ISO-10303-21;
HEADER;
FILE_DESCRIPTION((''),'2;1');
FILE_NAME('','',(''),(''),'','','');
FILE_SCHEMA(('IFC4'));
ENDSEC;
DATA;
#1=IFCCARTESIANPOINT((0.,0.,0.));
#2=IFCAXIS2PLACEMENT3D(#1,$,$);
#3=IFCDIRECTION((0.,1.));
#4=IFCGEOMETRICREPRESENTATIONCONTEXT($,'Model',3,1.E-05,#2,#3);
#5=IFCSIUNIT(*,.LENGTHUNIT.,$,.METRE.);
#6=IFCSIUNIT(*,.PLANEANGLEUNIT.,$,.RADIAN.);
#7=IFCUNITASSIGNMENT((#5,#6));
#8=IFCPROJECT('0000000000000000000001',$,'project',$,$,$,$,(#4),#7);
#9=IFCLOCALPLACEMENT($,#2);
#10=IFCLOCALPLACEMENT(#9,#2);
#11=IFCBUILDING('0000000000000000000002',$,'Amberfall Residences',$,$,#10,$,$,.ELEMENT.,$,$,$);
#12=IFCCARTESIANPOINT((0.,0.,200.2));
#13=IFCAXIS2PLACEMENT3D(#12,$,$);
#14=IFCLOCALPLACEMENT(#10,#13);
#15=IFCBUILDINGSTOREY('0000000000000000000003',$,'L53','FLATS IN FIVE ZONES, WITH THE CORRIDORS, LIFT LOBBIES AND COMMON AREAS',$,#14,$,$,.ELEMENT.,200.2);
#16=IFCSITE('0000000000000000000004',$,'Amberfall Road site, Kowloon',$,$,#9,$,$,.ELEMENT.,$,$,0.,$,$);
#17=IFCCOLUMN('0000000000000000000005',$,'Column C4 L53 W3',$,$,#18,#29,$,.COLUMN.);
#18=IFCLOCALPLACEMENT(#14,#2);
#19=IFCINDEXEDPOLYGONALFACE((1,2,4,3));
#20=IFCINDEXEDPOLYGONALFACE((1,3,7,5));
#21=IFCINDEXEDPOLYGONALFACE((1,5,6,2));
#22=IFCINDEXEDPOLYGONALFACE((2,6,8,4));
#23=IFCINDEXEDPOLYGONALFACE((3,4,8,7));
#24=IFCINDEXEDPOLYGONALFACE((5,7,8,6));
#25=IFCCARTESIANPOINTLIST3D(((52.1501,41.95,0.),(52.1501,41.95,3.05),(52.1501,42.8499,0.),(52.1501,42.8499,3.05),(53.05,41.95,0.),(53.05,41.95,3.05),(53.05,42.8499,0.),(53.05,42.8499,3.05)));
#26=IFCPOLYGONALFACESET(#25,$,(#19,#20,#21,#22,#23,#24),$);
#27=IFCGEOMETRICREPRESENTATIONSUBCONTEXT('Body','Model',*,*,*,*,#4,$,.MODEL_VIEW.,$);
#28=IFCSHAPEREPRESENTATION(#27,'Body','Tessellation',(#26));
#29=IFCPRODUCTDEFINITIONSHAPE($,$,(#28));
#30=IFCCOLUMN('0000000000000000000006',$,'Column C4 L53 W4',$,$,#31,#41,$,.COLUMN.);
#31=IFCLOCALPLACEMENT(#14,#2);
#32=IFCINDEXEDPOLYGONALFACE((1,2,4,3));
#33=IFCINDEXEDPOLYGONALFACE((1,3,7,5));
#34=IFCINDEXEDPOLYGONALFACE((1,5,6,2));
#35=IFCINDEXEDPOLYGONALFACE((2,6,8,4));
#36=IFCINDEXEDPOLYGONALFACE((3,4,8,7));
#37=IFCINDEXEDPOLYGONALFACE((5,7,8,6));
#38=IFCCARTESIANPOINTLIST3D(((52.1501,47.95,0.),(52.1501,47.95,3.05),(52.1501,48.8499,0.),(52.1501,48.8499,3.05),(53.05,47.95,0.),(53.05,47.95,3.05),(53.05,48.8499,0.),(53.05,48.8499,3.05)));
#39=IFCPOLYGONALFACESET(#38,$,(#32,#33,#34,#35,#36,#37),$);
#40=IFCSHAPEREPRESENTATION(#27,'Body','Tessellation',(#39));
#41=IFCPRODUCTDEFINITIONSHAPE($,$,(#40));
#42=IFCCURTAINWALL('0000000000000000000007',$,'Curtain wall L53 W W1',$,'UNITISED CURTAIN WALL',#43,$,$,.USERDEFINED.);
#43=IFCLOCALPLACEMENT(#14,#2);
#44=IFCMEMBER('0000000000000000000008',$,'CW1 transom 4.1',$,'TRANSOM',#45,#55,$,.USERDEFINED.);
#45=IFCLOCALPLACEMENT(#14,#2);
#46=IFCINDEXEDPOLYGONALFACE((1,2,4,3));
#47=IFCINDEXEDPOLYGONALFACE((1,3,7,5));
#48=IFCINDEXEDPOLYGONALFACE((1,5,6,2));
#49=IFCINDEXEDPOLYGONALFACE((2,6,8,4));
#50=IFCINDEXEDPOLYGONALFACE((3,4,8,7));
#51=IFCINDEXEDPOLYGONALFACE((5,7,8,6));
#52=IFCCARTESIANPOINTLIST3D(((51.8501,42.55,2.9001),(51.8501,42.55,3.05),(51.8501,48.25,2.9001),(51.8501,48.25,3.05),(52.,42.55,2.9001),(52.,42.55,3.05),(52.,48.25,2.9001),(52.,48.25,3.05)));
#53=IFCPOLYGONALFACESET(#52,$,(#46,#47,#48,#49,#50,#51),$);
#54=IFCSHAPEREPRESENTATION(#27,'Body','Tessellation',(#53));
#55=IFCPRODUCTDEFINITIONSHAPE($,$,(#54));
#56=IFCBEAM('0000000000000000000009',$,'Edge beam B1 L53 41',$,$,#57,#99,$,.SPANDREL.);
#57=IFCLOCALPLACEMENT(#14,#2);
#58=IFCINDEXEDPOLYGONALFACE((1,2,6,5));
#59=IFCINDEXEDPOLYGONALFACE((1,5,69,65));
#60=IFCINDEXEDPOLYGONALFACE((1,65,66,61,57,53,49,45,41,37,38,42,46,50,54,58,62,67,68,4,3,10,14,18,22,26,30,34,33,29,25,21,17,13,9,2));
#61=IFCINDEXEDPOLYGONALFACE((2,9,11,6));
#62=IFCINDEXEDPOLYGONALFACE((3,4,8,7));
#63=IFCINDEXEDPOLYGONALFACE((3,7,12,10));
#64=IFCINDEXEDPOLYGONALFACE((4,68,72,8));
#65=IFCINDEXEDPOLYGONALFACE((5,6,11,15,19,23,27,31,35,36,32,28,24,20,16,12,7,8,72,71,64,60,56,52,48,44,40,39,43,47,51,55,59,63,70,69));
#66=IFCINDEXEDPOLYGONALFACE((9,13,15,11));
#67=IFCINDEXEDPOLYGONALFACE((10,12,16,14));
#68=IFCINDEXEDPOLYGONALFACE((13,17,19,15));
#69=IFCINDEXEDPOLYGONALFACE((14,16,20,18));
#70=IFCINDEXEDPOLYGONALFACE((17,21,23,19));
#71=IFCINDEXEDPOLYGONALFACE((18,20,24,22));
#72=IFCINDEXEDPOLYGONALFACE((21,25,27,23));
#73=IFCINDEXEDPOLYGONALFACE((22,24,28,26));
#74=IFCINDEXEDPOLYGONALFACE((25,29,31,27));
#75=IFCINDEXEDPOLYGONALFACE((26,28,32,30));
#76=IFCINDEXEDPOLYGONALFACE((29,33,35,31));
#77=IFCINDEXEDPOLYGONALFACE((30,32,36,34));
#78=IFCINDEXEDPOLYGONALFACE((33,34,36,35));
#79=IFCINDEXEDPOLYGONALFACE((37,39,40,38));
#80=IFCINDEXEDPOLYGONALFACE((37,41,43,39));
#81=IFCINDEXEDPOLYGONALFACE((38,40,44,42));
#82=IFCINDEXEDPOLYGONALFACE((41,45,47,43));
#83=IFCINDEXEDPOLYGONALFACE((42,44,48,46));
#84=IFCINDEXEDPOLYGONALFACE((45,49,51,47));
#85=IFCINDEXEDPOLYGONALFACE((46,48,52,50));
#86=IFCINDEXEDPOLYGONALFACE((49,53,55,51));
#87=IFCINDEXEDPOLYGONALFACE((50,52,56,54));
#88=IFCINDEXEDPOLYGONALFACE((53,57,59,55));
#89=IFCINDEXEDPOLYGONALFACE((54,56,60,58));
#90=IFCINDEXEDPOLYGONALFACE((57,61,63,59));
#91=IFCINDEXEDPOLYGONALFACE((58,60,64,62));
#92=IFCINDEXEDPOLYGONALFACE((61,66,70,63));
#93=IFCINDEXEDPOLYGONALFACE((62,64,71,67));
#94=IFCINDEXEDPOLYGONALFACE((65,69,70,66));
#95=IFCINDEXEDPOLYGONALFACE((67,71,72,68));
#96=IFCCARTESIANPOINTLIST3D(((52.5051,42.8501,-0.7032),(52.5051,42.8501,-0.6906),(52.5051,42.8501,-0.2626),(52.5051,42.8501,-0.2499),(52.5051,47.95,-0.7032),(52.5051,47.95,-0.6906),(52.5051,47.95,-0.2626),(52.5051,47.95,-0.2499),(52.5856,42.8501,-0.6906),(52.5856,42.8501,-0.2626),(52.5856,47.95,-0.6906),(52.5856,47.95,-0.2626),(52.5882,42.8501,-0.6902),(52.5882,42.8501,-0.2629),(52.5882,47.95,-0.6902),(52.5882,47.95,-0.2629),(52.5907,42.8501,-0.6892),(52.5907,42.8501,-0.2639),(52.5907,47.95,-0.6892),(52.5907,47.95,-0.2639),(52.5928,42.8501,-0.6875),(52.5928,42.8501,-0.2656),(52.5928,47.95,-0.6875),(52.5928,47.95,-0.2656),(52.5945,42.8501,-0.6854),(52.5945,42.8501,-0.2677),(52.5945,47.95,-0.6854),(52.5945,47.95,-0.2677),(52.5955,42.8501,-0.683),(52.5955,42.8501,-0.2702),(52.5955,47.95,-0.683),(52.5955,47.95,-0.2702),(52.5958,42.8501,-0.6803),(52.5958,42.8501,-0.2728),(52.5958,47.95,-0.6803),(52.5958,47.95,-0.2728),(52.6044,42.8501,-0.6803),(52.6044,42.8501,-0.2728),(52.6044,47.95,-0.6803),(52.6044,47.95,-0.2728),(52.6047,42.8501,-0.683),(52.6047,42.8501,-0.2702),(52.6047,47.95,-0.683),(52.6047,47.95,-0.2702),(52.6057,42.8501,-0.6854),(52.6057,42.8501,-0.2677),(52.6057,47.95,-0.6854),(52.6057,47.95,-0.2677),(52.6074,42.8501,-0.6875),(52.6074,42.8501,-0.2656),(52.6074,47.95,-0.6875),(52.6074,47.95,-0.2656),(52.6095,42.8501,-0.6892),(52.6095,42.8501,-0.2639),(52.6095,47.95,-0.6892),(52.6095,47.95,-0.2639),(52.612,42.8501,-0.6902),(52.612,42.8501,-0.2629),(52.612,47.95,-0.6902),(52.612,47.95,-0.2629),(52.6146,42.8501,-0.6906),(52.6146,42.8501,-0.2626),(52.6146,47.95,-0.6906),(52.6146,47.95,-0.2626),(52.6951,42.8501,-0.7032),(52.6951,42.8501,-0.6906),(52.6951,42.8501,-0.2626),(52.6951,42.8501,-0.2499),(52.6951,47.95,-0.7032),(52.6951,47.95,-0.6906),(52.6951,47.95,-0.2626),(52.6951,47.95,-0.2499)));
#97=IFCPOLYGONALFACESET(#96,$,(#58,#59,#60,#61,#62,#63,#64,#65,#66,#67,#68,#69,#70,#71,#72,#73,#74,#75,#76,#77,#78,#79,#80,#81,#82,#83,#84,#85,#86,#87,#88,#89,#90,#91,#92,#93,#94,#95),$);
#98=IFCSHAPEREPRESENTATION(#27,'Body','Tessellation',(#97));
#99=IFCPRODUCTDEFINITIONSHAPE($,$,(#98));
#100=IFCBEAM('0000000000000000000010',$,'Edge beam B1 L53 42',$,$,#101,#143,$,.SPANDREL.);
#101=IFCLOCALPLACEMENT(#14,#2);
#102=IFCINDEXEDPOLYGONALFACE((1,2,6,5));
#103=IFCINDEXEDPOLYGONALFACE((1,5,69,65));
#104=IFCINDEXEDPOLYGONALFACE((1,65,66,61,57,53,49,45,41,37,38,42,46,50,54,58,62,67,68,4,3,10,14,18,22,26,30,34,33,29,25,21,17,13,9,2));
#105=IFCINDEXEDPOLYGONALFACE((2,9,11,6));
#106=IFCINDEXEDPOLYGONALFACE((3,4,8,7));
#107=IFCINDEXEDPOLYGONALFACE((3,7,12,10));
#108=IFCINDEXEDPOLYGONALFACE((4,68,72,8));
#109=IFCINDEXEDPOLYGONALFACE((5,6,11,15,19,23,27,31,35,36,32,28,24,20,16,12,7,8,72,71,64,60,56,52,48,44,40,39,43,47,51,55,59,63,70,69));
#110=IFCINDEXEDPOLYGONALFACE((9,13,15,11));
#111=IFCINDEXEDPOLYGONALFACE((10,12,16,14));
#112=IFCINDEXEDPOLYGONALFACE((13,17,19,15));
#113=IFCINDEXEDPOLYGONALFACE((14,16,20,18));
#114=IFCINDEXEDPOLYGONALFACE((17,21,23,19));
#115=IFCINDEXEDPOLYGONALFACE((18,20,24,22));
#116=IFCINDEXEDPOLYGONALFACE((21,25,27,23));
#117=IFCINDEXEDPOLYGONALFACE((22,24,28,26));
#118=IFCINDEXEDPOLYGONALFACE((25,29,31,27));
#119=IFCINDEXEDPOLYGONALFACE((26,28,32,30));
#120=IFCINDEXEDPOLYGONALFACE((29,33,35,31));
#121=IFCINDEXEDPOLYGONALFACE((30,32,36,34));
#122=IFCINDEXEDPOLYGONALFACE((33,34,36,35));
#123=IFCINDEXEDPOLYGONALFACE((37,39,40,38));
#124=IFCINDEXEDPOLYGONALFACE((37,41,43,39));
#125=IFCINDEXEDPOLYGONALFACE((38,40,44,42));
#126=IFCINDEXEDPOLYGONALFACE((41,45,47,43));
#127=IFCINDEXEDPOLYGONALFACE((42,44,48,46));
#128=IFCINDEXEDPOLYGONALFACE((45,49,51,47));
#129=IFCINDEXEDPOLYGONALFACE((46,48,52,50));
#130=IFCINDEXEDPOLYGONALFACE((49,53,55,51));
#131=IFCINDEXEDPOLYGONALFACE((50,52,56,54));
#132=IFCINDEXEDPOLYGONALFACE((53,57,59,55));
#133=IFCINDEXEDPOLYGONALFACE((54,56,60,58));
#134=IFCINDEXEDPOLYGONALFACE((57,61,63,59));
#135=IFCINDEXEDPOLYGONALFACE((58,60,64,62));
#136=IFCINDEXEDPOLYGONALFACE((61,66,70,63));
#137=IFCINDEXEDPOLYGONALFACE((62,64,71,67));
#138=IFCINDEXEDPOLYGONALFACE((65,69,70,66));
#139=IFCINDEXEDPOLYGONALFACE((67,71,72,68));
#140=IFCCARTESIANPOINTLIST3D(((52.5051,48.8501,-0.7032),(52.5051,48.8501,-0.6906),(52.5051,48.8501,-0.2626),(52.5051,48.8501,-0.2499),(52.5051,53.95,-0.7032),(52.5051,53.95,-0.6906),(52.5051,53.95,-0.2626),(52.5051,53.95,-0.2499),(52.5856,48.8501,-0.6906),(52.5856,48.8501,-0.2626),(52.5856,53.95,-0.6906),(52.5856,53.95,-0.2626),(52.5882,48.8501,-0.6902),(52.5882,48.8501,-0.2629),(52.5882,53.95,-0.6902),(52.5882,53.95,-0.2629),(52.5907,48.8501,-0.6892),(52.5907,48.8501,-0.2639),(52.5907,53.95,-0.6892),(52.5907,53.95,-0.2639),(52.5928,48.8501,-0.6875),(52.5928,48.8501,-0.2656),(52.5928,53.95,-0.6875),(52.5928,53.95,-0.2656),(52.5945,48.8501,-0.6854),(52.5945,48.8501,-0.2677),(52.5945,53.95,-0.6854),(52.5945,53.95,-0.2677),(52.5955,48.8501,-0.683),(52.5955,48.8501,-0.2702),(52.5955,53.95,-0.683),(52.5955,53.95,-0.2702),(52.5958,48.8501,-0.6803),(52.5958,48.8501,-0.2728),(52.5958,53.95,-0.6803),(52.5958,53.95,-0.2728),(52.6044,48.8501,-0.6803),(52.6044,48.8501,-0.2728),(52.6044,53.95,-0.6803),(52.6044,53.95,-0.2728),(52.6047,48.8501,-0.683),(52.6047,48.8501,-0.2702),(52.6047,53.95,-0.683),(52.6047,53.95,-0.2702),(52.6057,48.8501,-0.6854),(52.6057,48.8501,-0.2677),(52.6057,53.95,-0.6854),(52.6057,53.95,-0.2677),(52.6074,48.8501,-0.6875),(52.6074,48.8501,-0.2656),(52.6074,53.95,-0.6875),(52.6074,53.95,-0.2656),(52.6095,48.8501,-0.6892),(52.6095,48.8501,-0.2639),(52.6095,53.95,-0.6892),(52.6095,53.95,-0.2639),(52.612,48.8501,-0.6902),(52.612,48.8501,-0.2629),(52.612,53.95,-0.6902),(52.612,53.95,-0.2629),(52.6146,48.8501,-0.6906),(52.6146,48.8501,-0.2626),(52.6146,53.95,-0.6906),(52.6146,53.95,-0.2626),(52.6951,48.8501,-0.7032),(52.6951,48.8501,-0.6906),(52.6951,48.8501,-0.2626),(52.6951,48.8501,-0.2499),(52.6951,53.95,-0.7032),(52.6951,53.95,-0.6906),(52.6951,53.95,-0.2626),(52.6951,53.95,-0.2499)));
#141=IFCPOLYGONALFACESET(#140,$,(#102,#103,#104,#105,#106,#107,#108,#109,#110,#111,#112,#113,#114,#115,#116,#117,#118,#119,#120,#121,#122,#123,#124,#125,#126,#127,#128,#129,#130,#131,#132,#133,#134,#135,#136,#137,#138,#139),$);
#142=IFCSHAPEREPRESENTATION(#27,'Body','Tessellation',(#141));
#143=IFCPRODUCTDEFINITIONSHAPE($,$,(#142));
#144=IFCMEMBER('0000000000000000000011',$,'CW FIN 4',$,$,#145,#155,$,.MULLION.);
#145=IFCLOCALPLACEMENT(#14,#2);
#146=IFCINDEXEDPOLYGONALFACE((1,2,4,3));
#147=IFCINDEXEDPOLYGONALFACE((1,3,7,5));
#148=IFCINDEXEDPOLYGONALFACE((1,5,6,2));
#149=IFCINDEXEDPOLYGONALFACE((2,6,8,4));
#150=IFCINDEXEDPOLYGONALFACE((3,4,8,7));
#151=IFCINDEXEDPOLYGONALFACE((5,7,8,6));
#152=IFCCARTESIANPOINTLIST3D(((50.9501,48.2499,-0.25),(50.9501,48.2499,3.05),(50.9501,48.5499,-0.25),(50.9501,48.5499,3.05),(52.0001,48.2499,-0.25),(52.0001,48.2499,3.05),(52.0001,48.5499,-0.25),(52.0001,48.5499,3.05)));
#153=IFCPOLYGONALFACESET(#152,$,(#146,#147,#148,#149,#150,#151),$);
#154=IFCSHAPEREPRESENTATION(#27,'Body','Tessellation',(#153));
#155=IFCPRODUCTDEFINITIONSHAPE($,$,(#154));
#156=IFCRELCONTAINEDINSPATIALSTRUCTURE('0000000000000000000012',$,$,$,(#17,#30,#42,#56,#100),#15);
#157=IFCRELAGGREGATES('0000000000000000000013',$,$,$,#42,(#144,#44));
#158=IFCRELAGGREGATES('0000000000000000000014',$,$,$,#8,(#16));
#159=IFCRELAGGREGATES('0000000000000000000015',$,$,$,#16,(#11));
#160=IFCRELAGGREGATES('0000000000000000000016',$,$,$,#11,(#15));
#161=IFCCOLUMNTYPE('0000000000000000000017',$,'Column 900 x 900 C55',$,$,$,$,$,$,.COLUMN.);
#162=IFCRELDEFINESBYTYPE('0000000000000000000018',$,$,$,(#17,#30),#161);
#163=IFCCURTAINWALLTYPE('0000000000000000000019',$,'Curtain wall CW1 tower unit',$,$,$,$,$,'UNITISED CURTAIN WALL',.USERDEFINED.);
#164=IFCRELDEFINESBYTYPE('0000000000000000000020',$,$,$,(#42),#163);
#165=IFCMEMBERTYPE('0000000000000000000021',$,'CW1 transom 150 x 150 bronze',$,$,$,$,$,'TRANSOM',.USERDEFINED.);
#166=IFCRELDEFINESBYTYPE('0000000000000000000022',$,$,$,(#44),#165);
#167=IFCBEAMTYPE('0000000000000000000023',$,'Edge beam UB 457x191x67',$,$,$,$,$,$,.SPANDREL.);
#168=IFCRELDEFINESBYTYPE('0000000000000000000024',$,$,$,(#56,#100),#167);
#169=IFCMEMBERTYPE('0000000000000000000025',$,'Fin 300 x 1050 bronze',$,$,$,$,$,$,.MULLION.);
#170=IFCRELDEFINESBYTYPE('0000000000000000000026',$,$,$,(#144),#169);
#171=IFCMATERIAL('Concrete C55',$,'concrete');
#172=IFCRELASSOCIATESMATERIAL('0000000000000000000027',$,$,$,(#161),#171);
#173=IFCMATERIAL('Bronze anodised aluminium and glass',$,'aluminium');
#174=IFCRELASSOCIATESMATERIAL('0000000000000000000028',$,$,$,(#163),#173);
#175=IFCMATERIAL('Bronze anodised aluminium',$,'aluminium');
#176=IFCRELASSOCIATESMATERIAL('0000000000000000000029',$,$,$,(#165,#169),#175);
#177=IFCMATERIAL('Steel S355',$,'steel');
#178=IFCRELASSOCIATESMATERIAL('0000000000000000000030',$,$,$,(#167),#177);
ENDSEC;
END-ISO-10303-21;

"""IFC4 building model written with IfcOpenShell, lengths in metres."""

from ifc_helpers import new_model, si_unit, direction, frame, origin, origin_2d, place, context, subcontext, project, spatial, rectangle, i_section, extrude, material, material_profile, profile_set, type_object, element, aggregate, save


model = new_model("IFC4")

# Units and contexts
model_context = context("Model", 3, precision=1e-05, world=origin(), true_north=direction((0.0, 1.0)))
body_context = subcontext(model_context, "Body", "Model", "MODEL_VIEW")
ifc_project = project(units=[si_unit("LENGTHUNIT", "METRE"), si_unit("PLANEANGLEUNIT", "RADIAN")], contexts=[model_context])

# Site, building, storey
site_placement = place(None, origin())
site = spatial("IfcSite", under=ifc_project, at=site_placement, Name="Amberfall Road site, Kowloon", CompositionType="ELEMENT", RefElevation=0.0)
building_placement = place(site_placement, origin())
building = spatial("IfcBuilding", under=site, at=building_placement, Name="Amberfall Residences", CompositionType="ELEMENT")
storey_placement = place(building_placement, frame((0.0, 0.0, 200.2)))
storey = spatial("IfcBuildingStorey", under=building, at=storey_placement, Name="L53", Description="FLATS IN FIVE ZONES, WITH THE CORRIDORS, LIFT LOBBIES AND COMMON AREAS", CompositionType="ELEMENT", Elevation=200.2)

# Columns
ifc_material_1 = material(Name="Concrete C55", Category="concrete")
ifc_material_profile_1 = material_profile(ifc_material_1, rectangle(XDim=0.8999, YDim=0.8999, at=origin_2d()), Name="Column 900 x 900 C55")
ifc_profile_set_1 = profile_set([ifc_material_profile_1], Name="Concrete C55")
column_type = type_object("IfcColumnType", Name="Column 900 x 900 C55", PredefinedType="COLUMN", material=ifc_profile_set_1)
for number, where, z_axis, x_axis, name in (
    (1, (52.6001, 42.3999, 0.0), (0.0, 0.0, 1.0), (1.0, 0.0, 0.0), "Column C4 L53 W3"),
    (2, (52.6001, 48.3999, 0.0), (0.0, 0.0, 1.0), (1.0, 0.0, 0.0), "Column C4 L53 W4"),
):
    element("IfcColumn", number, at=place(storey_placement, frame(where, z_axis=z_axis, x_axis=x_axis)), inside=storey, type_object=column_type, Name=name, PredefinedType="COLUMN", context=body_context, shape_type="SweptSolid", body=[
        extrude(rectangle(XDim=0.8999, YDim=0.8999, at=origin_2d()), origin(), (0.0, 0.0, 1.0), 3.05),
    ])

# Curtain wall, member
ifc_material_2 = material(Name="Bronze anodised aluminium and glass", Category="aluminium")
curtain_wall_type = type_object("IfcCurtainWallType", Name="Curtain wall CW1 tower unit", ElementType="UNITISED CURTAIN WALL", PredefinedType="USERDEFINED", material=ifc_material_2)
curtain_wall_placement = place(storey_placement, origin())
curtain_wall = element("IfcCurtainWall", 3, at=curtain_wall_placement, inside=storey, type_object=curtain_wall_type, Name="Curtain wall L53 W W1", ObjectType="UNITISED CURTAIN WALL", PredefinedType="USERDEFINED")
ifc_material_3 = material(Name="Bronze anodised aluminium", Category="aluminium")
ifc_material_profile_2 = material_profile(ifc_material_3, rectangle(XDim=0.1499, YDim=0.1499, at=origin_2d()), Name="CW1 transom 150 x 150 bronze")
ifc_profile_set_2 = profile_set([ifc_material_profile_2], Name="Bronze anodised aluminium")
member_type_1 = type_object("IfcMemberType", Name="CW1 transom 150 x 150 bronze", ElementType="TRANSOM", PredefinedType="USERDEFINED", material=ifc_profile_set_2)
member_1_placement = place(storey_placement, frame((51.925, 48.25, 2.9751), z_axis=(0.0, -1.0, 0.0), x_axis=(1.0, 0.0, 0.0)))
member_1 = element("IfcMember", 4, at=member_1_placement, type_object=member_type_1, Name="CW1 transom 4.1", ObjectType="TRANSOM", PredefinedType="USERDEFINED", context=body_context, shape_type="SweptSolid", body=[
    extrude(rectangle(XDim=0.1499, YDim=0.1499, at=origin_2d()), origin(), (0.0, 0.0, 1.0), 5.7),
])

# Beams
ifc_material_4 = material(Name="Steel S355", Category="steel")
ifc_material_profile_3 = material_profile(ifc_material_4, i_section(OverallWidth=0.1899, OverallDepth=0.4534, WebThickness=0.0085, FlangeThickness=0.0127, FilletRadius=0.0103, at=origin_2d()), Name="UB 457x191x67")
ifc_profile_set_3 = profile_set([ifc_material_profile_3], Name="Steel S355")
beam_type_1 = type_object("IfcBeamType", Name="Edge beam UB 457x191x67", PredefinedType="SPANDREL", material=ifc_profile_set_3)
for number, where, z_axis, x_axis, name in (
    (5, (52.6001, 42.8501, -0.4766), (0.0, 1.0, 0.0), (-1.0, 0.0, 0.0), "Edge beam B1 L53 41"),
    (6, (52.6001, 48.8501, -0.4766), (0.0, 1.0, 0.0), (-1.0, 0.0, 0.0), "Edge beam B1 L53 42"),
):
    element("IfcBeam", number, at=place(storey_placement, frame(where, z_axis=z_axis, x_axis=x_axis)), inside=storey, type_object=beam_type_1, Name=name, PredefinedType="SPANDREL", context=body_context, shape_type="SweptSolid", body=[
        extrude(i_section(OverallWidth=0.1899, OverallDepth=0.4534, WebThickness=0.0085, FlangeThickness=0.0127, FilletRadius=0.0103, at=origin_2d()), origin(), (0.0, 0.0, 1.0), 5.0999),
    ])

# Member
ifc_material_profile_4 = material_profile(ifc_material_3, rectangle(XDim=1.05, YDim=0.3, at=origin_2d()), Name="Fin 300 x 1050 bronze")
ifc_profile_set_4 = profile_set([ifc_material_profile_4], Name="Bronze anodised aluminium")
member_type_2 = type_object("IfcMemberType", Name="Fin 300 x 1050 bronze", PredefinedType="MULLION", material=ifc_profile_set_4)
member_2_placement = place(storey_placement, frame((51.4751, 48.3999, -0.25), z_axis=(0.0, 0.0, 1.0), x_axis=(1.0, 0.0, 0.0)))
member_2 = element("IfcMember", 7, at=member_2_placement, type_object=member_type_2, Name="CW FIN 4", PredefinedType="MULLION", context=body_context, shape_type="SweptSolid", body=[
    extrude(rectangle(XDim=1.05, YDim=0.3, at=origin_2d()), origin(), (0.0, 0.0, 1.0), 3.3),
])

aggregate(curtain_wall, [member_2, member_1])

save(model, "model.ifc")
